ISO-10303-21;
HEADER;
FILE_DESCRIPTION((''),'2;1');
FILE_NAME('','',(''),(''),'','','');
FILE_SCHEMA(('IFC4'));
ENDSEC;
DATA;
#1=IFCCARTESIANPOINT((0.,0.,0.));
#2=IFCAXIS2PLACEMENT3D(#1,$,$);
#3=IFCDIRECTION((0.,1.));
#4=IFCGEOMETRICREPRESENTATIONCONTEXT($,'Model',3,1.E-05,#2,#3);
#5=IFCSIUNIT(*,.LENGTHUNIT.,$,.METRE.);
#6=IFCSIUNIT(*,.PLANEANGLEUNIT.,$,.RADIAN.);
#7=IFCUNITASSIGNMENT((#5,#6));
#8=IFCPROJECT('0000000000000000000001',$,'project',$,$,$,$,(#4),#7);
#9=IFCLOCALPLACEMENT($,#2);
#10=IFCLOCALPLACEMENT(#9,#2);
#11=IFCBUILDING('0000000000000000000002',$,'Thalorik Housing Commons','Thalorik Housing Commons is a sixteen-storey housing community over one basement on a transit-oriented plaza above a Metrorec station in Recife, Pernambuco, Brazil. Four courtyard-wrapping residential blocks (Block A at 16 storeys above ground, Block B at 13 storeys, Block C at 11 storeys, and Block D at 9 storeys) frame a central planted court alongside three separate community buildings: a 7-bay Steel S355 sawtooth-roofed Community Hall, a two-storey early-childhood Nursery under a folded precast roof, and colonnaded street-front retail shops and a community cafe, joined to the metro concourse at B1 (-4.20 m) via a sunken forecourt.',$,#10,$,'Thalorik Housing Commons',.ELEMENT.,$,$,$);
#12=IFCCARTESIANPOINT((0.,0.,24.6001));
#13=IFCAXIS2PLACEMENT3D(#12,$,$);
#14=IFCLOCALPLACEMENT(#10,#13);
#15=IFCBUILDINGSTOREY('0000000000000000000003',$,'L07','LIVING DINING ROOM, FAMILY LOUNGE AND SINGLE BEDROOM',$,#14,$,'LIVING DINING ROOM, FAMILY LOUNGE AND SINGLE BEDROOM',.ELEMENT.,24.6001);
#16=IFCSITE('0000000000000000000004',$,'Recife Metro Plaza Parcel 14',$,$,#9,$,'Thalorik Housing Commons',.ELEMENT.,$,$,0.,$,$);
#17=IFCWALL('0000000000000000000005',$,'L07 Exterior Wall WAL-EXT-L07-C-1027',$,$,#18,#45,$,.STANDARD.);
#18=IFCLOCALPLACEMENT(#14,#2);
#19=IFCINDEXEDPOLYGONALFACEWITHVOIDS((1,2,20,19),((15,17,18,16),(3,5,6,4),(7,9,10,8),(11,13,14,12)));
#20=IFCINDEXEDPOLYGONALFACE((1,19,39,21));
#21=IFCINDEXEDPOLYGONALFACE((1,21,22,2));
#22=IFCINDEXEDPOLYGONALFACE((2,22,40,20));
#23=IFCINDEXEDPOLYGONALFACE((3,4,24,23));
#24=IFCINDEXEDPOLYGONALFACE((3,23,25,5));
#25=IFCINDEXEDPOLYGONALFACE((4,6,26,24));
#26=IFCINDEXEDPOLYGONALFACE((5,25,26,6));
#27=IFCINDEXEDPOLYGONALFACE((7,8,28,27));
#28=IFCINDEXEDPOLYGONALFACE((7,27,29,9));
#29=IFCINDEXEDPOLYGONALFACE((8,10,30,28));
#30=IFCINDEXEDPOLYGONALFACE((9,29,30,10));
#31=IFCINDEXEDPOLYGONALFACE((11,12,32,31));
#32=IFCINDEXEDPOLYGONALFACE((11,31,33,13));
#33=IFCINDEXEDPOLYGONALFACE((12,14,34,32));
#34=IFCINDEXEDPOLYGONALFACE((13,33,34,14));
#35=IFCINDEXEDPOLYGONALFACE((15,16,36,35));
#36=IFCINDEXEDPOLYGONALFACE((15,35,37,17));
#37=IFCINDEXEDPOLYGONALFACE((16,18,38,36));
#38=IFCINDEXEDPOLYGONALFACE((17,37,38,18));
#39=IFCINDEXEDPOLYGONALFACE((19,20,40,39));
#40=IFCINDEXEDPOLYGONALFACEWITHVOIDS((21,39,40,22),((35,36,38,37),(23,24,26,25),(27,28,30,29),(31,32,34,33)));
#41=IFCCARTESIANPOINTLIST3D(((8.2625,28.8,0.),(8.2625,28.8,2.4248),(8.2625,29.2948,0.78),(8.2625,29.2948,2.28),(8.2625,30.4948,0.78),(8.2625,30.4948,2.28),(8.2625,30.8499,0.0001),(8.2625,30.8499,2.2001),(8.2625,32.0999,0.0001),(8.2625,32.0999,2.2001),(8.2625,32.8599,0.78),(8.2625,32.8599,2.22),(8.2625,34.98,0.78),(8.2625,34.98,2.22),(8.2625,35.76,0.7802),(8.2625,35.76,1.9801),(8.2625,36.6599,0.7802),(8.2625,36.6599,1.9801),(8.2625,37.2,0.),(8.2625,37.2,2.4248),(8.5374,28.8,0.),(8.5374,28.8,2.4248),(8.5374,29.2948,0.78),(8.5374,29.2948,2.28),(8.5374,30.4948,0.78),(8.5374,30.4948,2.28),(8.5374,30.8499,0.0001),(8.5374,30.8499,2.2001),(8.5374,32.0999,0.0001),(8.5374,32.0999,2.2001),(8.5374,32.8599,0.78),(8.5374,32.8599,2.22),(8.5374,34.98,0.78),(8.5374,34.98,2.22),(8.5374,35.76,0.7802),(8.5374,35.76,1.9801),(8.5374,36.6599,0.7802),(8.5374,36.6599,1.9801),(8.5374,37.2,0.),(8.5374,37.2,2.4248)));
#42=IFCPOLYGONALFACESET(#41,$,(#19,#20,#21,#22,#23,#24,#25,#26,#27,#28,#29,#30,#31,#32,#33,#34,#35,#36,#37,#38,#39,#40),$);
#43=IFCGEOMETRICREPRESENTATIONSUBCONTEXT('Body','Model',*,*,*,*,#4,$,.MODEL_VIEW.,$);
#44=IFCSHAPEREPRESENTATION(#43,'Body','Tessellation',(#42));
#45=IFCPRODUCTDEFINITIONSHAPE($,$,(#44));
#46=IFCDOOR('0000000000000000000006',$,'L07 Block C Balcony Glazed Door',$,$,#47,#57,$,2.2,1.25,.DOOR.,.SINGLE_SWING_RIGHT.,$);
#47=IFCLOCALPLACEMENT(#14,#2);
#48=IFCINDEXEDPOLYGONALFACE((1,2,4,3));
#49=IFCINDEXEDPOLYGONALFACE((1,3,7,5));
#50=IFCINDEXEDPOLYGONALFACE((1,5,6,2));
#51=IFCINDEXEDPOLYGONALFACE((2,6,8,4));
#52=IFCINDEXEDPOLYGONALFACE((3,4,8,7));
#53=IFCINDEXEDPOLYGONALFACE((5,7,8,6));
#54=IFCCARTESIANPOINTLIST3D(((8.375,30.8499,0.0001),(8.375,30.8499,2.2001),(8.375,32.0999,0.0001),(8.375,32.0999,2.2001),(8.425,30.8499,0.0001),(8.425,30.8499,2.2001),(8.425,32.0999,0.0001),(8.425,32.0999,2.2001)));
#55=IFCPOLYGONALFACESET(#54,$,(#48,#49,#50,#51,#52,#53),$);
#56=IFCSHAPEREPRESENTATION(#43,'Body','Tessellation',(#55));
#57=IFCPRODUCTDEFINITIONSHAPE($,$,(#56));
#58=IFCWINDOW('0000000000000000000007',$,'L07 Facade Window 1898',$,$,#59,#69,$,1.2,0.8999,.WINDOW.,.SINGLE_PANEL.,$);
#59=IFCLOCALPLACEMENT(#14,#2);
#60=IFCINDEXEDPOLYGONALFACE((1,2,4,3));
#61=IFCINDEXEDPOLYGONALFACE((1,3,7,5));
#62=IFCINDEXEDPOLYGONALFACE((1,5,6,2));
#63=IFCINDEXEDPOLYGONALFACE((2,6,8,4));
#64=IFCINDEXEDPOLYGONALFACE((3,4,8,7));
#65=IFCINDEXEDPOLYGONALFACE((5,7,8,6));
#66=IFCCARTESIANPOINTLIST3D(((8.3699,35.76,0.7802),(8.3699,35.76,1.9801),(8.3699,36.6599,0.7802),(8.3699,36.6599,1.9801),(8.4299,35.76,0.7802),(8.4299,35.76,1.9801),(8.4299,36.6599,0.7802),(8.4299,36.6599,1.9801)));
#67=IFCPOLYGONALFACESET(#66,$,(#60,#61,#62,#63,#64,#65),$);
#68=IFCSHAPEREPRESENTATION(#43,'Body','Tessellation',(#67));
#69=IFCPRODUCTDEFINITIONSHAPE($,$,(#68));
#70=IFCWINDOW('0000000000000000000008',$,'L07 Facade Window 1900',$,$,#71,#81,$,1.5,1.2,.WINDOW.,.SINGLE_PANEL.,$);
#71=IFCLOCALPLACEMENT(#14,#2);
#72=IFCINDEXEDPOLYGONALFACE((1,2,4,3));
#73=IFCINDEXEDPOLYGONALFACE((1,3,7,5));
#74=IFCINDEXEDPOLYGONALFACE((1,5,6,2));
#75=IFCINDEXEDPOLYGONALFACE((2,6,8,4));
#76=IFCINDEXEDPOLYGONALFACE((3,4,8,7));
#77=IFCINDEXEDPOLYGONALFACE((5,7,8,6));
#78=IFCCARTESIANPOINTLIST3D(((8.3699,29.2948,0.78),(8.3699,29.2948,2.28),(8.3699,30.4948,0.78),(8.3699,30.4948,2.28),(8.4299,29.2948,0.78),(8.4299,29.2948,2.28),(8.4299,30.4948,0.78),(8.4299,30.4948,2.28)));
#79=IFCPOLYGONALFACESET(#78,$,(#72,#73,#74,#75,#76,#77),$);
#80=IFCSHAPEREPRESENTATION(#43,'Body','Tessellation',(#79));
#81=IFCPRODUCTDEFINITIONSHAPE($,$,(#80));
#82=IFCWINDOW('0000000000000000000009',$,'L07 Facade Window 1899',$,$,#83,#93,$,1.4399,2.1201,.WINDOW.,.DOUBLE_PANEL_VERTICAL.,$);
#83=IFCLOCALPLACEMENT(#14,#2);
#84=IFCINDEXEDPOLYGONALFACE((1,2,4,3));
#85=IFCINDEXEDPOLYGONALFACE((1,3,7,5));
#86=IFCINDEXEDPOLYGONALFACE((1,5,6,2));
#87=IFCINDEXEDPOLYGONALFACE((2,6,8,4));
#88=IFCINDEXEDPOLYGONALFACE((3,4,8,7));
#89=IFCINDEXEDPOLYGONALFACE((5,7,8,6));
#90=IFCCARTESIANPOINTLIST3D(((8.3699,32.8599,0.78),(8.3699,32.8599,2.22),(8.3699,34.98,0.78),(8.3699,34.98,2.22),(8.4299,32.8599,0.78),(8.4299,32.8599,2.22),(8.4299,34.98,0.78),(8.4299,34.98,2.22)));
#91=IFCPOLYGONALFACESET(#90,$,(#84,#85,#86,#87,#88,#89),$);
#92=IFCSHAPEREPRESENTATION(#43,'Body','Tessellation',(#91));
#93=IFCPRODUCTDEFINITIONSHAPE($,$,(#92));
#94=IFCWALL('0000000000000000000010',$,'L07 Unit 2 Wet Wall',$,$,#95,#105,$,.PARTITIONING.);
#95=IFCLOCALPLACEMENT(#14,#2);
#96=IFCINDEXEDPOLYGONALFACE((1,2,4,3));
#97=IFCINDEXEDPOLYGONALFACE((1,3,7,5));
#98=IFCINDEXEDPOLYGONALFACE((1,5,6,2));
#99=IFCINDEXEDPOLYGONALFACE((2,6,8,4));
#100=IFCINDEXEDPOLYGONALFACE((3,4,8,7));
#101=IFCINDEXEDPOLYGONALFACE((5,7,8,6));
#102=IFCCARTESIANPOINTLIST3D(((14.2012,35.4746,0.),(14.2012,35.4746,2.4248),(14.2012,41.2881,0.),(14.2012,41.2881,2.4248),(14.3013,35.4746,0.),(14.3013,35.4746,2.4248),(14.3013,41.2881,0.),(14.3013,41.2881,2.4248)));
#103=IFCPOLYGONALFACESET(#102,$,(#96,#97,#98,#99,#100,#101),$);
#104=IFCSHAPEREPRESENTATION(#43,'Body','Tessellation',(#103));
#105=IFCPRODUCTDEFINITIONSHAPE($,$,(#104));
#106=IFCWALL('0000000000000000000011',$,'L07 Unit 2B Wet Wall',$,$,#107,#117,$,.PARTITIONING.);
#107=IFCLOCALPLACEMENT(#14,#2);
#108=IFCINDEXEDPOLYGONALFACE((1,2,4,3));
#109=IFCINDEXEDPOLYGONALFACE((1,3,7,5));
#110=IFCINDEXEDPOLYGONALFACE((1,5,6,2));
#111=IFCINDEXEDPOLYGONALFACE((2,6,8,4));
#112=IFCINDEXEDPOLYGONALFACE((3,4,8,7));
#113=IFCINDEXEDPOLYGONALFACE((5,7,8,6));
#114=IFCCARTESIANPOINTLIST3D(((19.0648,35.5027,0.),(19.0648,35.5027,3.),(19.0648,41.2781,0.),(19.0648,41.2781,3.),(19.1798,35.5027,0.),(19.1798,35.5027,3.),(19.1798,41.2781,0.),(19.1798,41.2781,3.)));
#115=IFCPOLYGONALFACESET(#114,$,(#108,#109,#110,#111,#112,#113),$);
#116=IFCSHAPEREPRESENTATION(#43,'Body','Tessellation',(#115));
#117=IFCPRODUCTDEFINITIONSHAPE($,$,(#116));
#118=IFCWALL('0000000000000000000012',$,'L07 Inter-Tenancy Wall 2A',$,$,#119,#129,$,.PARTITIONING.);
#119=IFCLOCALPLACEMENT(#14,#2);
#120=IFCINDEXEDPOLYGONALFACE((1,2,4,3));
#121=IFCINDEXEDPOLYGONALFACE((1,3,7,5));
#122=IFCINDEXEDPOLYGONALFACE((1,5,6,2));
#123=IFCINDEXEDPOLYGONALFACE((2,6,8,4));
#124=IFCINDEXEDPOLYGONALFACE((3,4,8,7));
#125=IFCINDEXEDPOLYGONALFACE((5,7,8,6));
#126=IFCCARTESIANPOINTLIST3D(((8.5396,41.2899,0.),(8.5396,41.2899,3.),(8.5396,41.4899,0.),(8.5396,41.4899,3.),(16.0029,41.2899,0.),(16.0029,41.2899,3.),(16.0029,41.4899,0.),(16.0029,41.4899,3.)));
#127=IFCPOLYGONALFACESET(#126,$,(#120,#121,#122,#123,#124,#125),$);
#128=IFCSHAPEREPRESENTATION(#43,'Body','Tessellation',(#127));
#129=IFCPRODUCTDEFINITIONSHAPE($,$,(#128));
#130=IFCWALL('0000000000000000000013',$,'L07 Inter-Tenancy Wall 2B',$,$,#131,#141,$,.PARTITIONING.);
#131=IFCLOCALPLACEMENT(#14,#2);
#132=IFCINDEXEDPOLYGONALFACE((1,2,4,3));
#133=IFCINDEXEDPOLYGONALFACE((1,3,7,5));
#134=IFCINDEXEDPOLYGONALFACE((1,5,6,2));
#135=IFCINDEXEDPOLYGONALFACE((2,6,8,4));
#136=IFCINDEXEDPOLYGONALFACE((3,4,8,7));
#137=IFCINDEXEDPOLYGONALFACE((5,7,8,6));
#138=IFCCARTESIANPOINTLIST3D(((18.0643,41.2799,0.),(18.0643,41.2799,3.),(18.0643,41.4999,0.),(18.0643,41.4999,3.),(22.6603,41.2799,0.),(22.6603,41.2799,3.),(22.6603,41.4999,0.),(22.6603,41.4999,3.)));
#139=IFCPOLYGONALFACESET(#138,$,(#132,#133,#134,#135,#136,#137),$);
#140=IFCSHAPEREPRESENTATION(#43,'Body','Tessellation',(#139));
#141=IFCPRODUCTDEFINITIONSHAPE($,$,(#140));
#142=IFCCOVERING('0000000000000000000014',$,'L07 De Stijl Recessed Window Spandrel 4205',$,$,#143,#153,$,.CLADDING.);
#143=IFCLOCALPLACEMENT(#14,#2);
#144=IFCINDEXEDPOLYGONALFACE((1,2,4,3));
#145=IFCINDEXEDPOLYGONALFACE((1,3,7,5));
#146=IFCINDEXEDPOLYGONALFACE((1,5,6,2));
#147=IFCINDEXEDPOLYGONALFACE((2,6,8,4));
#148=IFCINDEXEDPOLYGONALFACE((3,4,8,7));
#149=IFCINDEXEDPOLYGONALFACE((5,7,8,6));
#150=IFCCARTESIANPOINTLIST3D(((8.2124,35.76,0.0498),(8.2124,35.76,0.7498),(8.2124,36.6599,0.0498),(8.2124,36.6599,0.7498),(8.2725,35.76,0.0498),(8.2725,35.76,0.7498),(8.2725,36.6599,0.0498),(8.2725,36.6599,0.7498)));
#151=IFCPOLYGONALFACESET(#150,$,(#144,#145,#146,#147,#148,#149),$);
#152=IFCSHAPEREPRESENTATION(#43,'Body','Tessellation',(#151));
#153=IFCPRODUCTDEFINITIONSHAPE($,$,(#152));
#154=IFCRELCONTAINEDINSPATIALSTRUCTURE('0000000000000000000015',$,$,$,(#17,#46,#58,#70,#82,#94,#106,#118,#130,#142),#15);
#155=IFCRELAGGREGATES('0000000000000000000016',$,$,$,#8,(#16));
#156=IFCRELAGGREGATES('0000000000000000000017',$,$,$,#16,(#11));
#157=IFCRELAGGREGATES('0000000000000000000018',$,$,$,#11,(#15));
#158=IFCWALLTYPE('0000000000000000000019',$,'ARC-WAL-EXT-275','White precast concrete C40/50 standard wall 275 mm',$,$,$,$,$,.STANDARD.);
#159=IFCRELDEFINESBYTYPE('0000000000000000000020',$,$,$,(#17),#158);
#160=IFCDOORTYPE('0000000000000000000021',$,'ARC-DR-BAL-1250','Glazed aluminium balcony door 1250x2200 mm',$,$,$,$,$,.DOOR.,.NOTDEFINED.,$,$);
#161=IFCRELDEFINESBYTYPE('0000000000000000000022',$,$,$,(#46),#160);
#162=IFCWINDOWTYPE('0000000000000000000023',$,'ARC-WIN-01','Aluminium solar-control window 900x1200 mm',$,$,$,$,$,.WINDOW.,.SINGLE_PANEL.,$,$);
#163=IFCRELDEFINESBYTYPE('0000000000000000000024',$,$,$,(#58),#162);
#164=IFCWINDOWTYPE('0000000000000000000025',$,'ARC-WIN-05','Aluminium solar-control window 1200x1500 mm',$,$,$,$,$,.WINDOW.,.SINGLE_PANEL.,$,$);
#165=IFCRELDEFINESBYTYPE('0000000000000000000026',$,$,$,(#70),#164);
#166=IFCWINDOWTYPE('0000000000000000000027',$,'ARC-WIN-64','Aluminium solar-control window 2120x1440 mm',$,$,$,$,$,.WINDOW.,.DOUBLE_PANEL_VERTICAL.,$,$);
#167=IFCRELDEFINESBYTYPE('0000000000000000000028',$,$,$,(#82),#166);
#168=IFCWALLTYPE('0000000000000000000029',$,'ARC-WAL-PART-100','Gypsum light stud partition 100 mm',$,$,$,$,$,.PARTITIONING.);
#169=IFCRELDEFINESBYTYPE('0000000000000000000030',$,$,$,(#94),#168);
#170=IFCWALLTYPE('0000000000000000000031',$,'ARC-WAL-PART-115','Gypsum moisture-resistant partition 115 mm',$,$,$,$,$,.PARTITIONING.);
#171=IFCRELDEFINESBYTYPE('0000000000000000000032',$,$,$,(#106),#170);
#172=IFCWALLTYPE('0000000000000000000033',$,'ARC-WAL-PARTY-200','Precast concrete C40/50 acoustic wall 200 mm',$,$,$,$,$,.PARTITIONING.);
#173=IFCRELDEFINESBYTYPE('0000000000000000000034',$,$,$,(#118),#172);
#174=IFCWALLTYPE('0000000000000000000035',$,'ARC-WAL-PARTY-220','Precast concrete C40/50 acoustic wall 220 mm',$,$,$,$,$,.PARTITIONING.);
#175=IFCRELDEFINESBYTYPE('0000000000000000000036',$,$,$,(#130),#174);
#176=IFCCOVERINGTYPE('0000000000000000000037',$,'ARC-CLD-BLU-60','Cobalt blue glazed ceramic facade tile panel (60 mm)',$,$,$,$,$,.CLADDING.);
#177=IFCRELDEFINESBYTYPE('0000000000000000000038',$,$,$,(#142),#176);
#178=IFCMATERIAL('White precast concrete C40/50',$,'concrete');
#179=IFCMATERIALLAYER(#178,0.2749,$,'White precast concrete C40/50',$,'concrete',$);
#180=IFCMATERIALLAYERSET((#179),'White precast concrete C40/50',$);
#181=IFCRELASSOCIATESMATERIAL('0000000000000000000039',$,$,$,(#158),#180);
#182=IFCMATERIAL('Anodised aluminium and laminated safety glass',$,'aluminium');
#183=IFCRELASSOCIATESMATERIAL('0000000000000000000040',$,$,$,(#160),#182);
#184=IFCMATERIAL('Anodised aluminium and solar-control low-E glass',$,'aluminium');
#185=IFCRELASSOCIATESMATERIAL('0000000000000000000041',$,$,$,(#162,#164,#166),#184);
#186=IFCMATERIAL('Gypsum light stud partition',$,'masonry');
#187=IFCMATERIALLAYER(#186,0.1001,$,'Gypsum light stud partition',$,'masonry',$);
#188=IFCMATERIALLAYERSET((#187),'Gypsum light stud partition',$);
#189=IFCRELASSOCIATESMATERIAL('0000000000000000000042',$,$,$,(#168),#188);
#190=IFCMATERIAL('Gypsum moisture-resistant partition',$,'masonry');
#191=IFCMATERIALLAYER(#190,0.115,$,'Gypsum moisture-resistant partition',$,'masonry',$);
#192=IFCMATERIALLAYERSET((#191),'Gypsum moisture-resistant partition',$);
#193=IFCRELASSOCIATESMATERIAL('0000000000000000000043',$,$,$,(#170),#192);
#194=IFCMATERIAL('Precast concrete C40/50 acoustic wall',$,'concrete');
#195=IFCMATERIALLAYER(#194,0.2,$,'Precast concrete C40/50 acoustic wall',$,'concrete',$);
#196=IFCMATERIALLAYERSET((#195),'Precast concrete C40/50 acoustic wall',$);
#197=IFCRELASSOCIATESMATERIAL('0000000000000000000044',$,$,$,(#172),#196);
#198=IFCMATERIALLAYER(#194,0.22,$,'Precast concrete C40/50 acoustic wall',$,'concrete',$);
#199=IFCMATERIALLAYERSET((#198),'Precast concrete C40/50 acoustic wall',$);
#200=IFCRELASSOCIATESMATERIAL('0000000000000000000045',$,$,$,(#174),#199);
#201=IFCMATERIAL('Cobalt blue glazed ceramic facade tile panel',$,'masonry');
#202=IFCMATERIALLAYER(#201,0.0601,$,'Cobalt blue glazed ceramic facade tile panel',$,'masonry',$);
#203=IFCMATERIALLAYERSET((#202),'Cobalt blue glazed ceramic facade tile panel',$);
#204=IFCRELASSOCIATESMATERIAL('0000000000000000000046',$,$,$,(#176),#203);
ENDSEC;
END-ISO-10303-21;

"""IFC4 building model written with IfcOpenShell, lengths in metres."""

from ifc_helpers import new_model, si_unit, direction, frame, frame_2d, origin, origin_2d, place, context, subcontext, project, spatial, rectangle, extrude, material, layer, layer_set, type_object, element, fill, save


model = new_model("IFC4")

# Units and contexts
model_context = context("Model", 3, precision=1e-05, world=origin(), true_north=direction((0.0, 1.0)))
body_context = subcontext(model_context, "Body", "Model", "MODEL_VIEW")
ifc_project = project(units=[si_unit("LENGTHUNIT", "METRE"), si_unit("PLANEANGLEUNIT", "RADIAN")], contexts=[model_context])

# Site, building, storey
site_placement = place(None, origin())
site = spatial("IfcSite", under=ifc_project, at=site_placement, Name="Recife Metro Plaza Parcel 14", LongName="Thalorik Housing Commons", CompositionType="ELEMENT", RefElevation=0.0)
building_placement = place(site_placement, origin())
building = spatial("IfcBuilding", under=site, at=building_placement, Name="Thalorik Housing Commons", Description="Thalorik Housing Commons is a sixteen-storey housing community over one basement on a transit-oriented plaza above a Metrorec station in Recife, Pernambuco, Brazil. Four courtyard-wrapping residential blocks (Block A at 16 storeys above ground, Block B at 13 storeys, Block C at 11 storeys, and Block D at 9 storeys) frame a central planted court alongside three separate community buildings: a 7-bay Steel S355 sawtooth-roofed Community Hall, a two-storey early-childhood Nursery under a folded precast roof, and colonnaded street-front retail shops and a community cafe, joined to the metro concourse at B1 (-4.20 m) via a sunken forecourt.", LongName="Thalorik Housing Commons", CompositionType="ELEMENT")
storey_placement = place(building_placement, frame((0.0, 0.0, 24.6001)))
storey = spatial("IfcBuildingStorey", under=building, at=storey_placement, Name="L07", Description="LIVING DINING ROOM, FAMILY LOUNGE AND SINGLE BEDROOM", LongName="LIVING DINING ROOM, FAMILY LOUNGE AND SINGLE BEDROOM", CompositionType="ELEMENT", Elevation=24.6001)

# Wall, openings, door, windows
ifc_material_1 = material(Name="White precast concrete C40/50", Category="concrete")
ifc_layer_1 = layer(ifc_material_1, 0.2749, Name="White precast concrete C40/50", Category="concrete")
ifc_layer_set_1 = layer_set([ifc_layer_1], Name="White precast concrete C40/50")
wall_type_1 = type_object("IfcWallType", Name="ARC-WAL-EXT-275", Description="White precast concrete C40/50 standard wall 275 mm", PredefinedType="STANDARD", material=ifc_layer_set_1)
ifc_material_2 = material(Name="Anodised aluminium and laminated safety glass", Category="aluminium")
ifc_material_3 = material(Name="Anodised aluminium and solar-control low-E glass", Category="aluminium")
wall_1_placement = place(storey_placement, frame((8.3999, 37.2, 0.0), z_axis=(0.0, 0.0, 1.0), x_axis=(0.0, -1.0, 0.0)))
wall_1 = element("IfcWall", 1, at=wall_1_placement, inside=storey, type_object=wall_type_1, Name="L07 Exterior Wall WAL-EXT-L07-C-1027", PredefinedType="STANDARD", context=body_context, shape_type="SweptSolid", body=[
    extrude(rectangle(XDim=8.3999, YDim=0.2749, at=frame_2d((4.2, 0.0))), origin(), (0.0, 0.0, 1.0), 2.4248),
])
opening_1_placement = place(wall_1_placement, frame((5.1001, 0.0, 0.0)))
opening_1 = element("IfcOpeningElement", 2, at=opening_1_placement, cuts=wall_1, PredefinedType="OPENING", context=body_context, shape_type="SweptSolid", body=[
    extrude(rectangle(XDim=1.25, YDim=2.2, at=frame_2d((0.625, 1.1001))), frame((0.0, 0.1475, 0.0), z_axis=(0.0, -1.0, 0.0), x_axis=(1.0, 0.0, 0.0)), (0.0, 0.0, 1.0), 0.2949),
])
opening_2_placement = place(wall_1_placement, frame((0.54, 0.0, 0.78)))
opening_2 = element("IfcOpeningElement", 3, at=opening_2_placement, cuts=wall_1, PredefinedType="OPENING", context=body_context, shape_type="SweptSolid", body=[
    extrude(rectangle(XDim=0.8999, YDim=1.2, at=frame_2d((0.45, 0.6001))), frame((0.0, 0.1475, 0.0), z_axis=(0.0, -1.0, 0.0), x_axis=(1.0, 0.0, 0.0)), (0.0, 0.0, 1.0), 0.2949),
])
opening_3_placement = place(wall_1_placement, frame((2.22, 0.0, 0.78)))
opening_3 = element("IfcOpeningElement", 4, at=opening_3_placement, cuts=wall_1, PredefinedType="OPENING", context=body_context, shape_type="SweptSolid", body=[
    extrude(rectangle(XDim=2.1201, YDim=1.4399, at=frame_2d((1.0601, 0.72))), frame((0.0, 0.1475, 0.0), z_axis=(0.0, -1.0, 0.0), x_axis=(1.0, 0.0, 0.0)), (0.0, 0.0, 1.0), 0.2949),
])
opening_4_placement = place(wall_1_placement, frame((6.7051, 0.0, 0.78)))
opening_4 = element("IfcOpeningElement", 5, at=opening_4_placement, cuts=wall_1, PredefinedType="OPENING", context=body_context, shape_type="SweptSolid", body=[
    extrude(rectangle(XDim=1.2, YDim=1.5, at=frame_2d((0.6001, 0.75))), frame((0.0, 0.1475, 0.0), z_axis=(0.0, -1.0, 0.0), x_axis=(1.0, 0.0, 0.0)), (0.0, 0.0, 1.0), 0.2949),
])
door_type_1 = type_object("IfcDoorType", Name="ARC-DR-BAL-1250", Description="Glazed aluminium balcony door 1250x2200 mm", OperationType="NOTDEFINED", PredefinedType="DOOR", material=ifc_material_2)
door_1_placement = place(opening_1_placement, frame((1.25, 0.0, 0.0), z_axis=(0.0, 0.0, 1.0), x_axis=(-1.0, 0.0, 0.0)))
door_1 = element("IfcDoor", 6, at=door_1_placement, inside=storey, type_object=door_type_1, Name="L07 Block C Balcony Glazed Door", OperationType="SINGLE_SWING_RIGHT", OverallHeight=2.2, OverallWidth=1.25, PredefinedType="DOOR", context=body_context, shape_type="SweptSolid", body=[
    extrude(rectangle(XDim=1.25, YDim=2.2, at=frame_2d((0.625, 1.1001))), frame((0.0, 0.0249, 0.0), z_axis=(0.0, -1.0, 0.0), x_axis=(1.0, 0.0, 0.0)), (0.0, 0.0, 1.0), 0.05),
])
fill(opening_1, door_1)
window_type_1 = type_object("IfcWindowType", Name="ARC-WIN-01", Description="Aluminium solar-control window 900x1200 mm", PartitioningType="SINGLE_PANEL", PredefinedType="WINDOW", material=ifc_material_3)
window_1_placement = place(opening_2_placement, origin())
window_1 = element("IfcWindow", 7, at=window_1_placement, inside=storey, type_object=window_type_1, Name="L07 Facade Window 1898", OverallHeight=1.2, OverallWidth=0.8999, PartitioningType="SINGLE_PANEL", PredefinedType="WINDOW", context=body_context, shape_type="SweptSolid", body=[
    extrude(rectangle(XDim=0.8999, YDim=1.2, at=frame_2d((0.45, 0.6001))), frame((0.0, 0.03, 0.0), z_axis=(0.0, -1.0, 0.0), x_axis=(1.0, 0.0, 0.0)), (0.0, 0.0, 1.0), 0.0601),
])
fill(opening_2, window_1)
window_type_2 = type_object("IfcWindowType", Name="ARC-WIN-05", Description="Aluminium solar-control window 1200x1500 mm", PartitioningType="SINGLE_PANEL", PredefinedType="WINDOW", material=ifc_material_3)
window_2_placement = place(opening_4_placement, origin())
window_2 = element("IfcWindow", 8, at=window_2_placement, inside=storey, type_object=window_type_2, Name="L07 Facade Window 1900", OverallHeight=1.5, OverallWidth=1.2, PartitioningType="SINGLE_PANEL", PredefinedType="WINDOW", context=body_context, shape_type="SweptSolid", body=[
    extrude(rectangle(XDim=1.2, YDim=1.5, at=frame_2d((0.6001, 0.75))), frame((0.0, 0.03, 0.0), z_axis=(0.0, -1.0, 0.0), x_axis=(1.0, 0.0, 0.0)), (0.0, 0.0, 1.0), 0.0601),
])
fill(opening_4, window_2)
window_type_3 = type_object("IfcWindowType", Name="ARC-WIN-64", Description="Aluminium solar-control window 2120x1440 mm", PartitioningType="DOUBLE_PANEL_VERTICAL", PredefinedType="WINDOW", material=ifc_material_3)
window_3_placement = place(opening_3_placement, origin())
window_3 = element("IfcWindow", 9, at=window_3_placement, inside=storey, type_object=window_type_3, Name="L07 Facade Window 1899", OverallHeight=1.4399, OverallWidth=2.1201, PartitioningType="DOUBLE_PANEL_VERTICAL", PredefinedType="WINDOW", context=body_context, shape_type="SweptSolid", body=[
    extrude(rectangle(XDim=2.1201, YDim=1.4399, at=frame_2d((1.0601, 0.72))), frame((0.0, 0.03, 0.0), z_axis=(0.0, -1.0, 0.0), x_axis=(1.0, 0.0, 0.0)), (0.0, 0.0, 1.0), 0.0601),
])
fill(opening_3, window_3)

# Walls
ifc_material_4 = material(Name="Gypsum light stud partition", Category="masonry")
ifc_layer_2 = layer(ifc_material_4, 0.1001, Name="Gypsum light stud partition", Category="masonry")
ifc_layer_set_2 = layer_set([ifc_layer_2], Name="Gypsum light stud partition")
wall_type_2 = type_object("IfcWallType", Name="ARC-WAL-PART-100", Description="Gypsum light stud partition 100 mm", PredefinedType="PARTITIONING", material=ifc_layer_set_2)
wall_2_placement = place(storey_placement, frame((14.2512, 35.4746, 0.0), z_axis=(0.0, 0.0, 1.0), x_axis=(0.0, 1.0, 0.0)))
element("IfcWall", 10, at=wall_2_placement, inside=storey, type_object=wall_type_2, Name="L07 Unit 2 Wet Wall", PredefinedType="PARTITIONING", context=body_context, shape_type="SweptSolid", body=[
    extrude(rectangle(XDim=5.8135, YDim=0.1001, at=frame_2d((2.9067, 0.0))), origin(), (0.0, 0.0, 1.0), 2.4248),
])
ifc_material_5 = material(Name="Gypsum moisture-resistant partition", Category="masonry")
ifc_layer_3 = layer(ifc_material_5, 0.115, Name="Gypsum moisture-resistant partition", Category="masonry")
ifc_layer_set_3 = layer_set([ifc_layer_3], Name="Gypsum moisture-resistant partition")
wall_type_3 = type_object("IfcWallType", Name="ARC-WAL-PART-115", Description="Gypsum moisture-resistant partition 115 mm", PredefinedType="PARTITIONING", material=ifc_layer_set_3)
wall_3_placement = place(storey_placement, frame((19.1223, 35.5027, 0.0), z_axis=(0.0, 0.0, 1.0), x_axis=(0.0, 1.0, 0.0)))
element("IfcWall", 11, at=wall_3_placement, inside=storey, type_object=wall_type_3, Name="L07 Unit 2B Wet Wall", PredefinedType="PARTITIONING", context=body_context, shape_type="SweptSolid", body=[
    extrude(rectangle(XDim=5.7754, YDim=0.115, at=frame_2d((2.8877, 0.0))), origin(), (0.0, 0.0, 1.0), 3.0),
])
ifc_material_6 = material(Name="Precast concrete C40/50 acoustic wall", Category="concrete")
ifc_layer_4 = layer(ifc_material_6, 0.2, Name="Precast concrete C40/50 acoustic wall", Category="concrete")
ifc_layer_set_4 = layer_set([ifc_layer_4], Name="Precast concrete C40/50 acoustic wall")
wall_type_4 = type_object("IfcWallType", Name="ARC-WAL-PARTY-200", Description="Precast concrete C40/50 acoustic wall 200 mm", PredefinedType="PARTITIONING", material=ifc_layer_set_4)
wall_4_placement = place(storey_placement, frame((8.5396, 41.3899, 0.0), z_axis=(0.0, 0.0, 1.0), x_axis=(1.0, 0.0, 0.0)))
element("IfcWall", 12, at=wall_4_placement, inside=storey, type_object=wall_type_4, Name="L07 Inter-Tenancy Wall 2A", PredefinedType="PARTITIONING", context=body_context, shape_type="SweptSolid", body=[
    extrude(rectangle(XDim=7.4634, YDim=0.2, at=frame_2d((3.7317, 0.0))), origin(), (0.0, 0.0, 1.0), 3.0),
])
ifc_layer_5 = layer(ifc_material_6, 0.22, Name="Precast concrete C40/50 acoustic wall", Category="concrete")
ifc_layer_set_5 = layer_set([ifc_layer_5], Name="Precast concrete C40/50 acoustic wall")
wall_type_5 = type_object("IfcWallType", Name="ARC-WAL-PARTY-220", Description="Precast concrete C40/50 acoustic wall 220 mm", PredefinedType="PARTITIONING", material=ifc_layer_set_5)
wall_5_placement = place(storey_placement, frame((18.0645, 41.3899, 0.0), z_axis=(0.0, 0.0, 1.0), x_axis=(1.0, 0.0, 0.0)))
element("IfcWall", 13, at=wall_5_placement, inside=storey, type_object=wall_type_5, Name="L07 Inter-Tenancy Wall 2B", PredefinedType="PARTITIONING", context=body_context, shape_type="SweptSolid", body=[
    extrude(rectangle(XDim=4.5959, YDim=0.22, at=frame_2d((2.2979, 0.0))), origin(), (0.0, 0.0, 1.0), 3.0),
])

# Covering
ifc_material_7 = material(Name="Cobalt blue glazed ceramic facade tile panel", Category="masonry")
ifc_layer_6 = layer(ifc_material_7, 0.0601, Name="Cobalt blue glazed ceramic facade tile panel", Category="masonry")
ifc_layer_set_6 = layer_set([ifc_layer_6], Name="Cobalt blue glazed ceramic facade tile panel")
covering_type_1 = type_object("IfcCoveringType", Name="ARC-CLD-BLU-60", Description="Cobalt blue glazed ceramic facade tile panel (60 mm)", PredefinedType="CLADDING", material=ifc_layer_set_6)
covering_1_placement = place(storey_placement, frame((8.2424, 36.21, 0.0498), z_axis=(0.0, 0.0, 1.0), x_axis=(0.0, -1.0, 0.0)))
element("IfcCovering", 14, at=covering_1_placement, inside=storey, type_object=covering_type_1, Name="L07 De Stijl Recessed Window Spandrel 4205", PredefinedType="CLADDING", context=body_context, shape_type="SweptSolid", body=[
    extrude(rectangle(XDim=0.8999, YDim=0.0601, at=origin_2d()), origin(), (0.0, 0.0, 1.0), 0.7),
])

save(model, "model.ifc")
